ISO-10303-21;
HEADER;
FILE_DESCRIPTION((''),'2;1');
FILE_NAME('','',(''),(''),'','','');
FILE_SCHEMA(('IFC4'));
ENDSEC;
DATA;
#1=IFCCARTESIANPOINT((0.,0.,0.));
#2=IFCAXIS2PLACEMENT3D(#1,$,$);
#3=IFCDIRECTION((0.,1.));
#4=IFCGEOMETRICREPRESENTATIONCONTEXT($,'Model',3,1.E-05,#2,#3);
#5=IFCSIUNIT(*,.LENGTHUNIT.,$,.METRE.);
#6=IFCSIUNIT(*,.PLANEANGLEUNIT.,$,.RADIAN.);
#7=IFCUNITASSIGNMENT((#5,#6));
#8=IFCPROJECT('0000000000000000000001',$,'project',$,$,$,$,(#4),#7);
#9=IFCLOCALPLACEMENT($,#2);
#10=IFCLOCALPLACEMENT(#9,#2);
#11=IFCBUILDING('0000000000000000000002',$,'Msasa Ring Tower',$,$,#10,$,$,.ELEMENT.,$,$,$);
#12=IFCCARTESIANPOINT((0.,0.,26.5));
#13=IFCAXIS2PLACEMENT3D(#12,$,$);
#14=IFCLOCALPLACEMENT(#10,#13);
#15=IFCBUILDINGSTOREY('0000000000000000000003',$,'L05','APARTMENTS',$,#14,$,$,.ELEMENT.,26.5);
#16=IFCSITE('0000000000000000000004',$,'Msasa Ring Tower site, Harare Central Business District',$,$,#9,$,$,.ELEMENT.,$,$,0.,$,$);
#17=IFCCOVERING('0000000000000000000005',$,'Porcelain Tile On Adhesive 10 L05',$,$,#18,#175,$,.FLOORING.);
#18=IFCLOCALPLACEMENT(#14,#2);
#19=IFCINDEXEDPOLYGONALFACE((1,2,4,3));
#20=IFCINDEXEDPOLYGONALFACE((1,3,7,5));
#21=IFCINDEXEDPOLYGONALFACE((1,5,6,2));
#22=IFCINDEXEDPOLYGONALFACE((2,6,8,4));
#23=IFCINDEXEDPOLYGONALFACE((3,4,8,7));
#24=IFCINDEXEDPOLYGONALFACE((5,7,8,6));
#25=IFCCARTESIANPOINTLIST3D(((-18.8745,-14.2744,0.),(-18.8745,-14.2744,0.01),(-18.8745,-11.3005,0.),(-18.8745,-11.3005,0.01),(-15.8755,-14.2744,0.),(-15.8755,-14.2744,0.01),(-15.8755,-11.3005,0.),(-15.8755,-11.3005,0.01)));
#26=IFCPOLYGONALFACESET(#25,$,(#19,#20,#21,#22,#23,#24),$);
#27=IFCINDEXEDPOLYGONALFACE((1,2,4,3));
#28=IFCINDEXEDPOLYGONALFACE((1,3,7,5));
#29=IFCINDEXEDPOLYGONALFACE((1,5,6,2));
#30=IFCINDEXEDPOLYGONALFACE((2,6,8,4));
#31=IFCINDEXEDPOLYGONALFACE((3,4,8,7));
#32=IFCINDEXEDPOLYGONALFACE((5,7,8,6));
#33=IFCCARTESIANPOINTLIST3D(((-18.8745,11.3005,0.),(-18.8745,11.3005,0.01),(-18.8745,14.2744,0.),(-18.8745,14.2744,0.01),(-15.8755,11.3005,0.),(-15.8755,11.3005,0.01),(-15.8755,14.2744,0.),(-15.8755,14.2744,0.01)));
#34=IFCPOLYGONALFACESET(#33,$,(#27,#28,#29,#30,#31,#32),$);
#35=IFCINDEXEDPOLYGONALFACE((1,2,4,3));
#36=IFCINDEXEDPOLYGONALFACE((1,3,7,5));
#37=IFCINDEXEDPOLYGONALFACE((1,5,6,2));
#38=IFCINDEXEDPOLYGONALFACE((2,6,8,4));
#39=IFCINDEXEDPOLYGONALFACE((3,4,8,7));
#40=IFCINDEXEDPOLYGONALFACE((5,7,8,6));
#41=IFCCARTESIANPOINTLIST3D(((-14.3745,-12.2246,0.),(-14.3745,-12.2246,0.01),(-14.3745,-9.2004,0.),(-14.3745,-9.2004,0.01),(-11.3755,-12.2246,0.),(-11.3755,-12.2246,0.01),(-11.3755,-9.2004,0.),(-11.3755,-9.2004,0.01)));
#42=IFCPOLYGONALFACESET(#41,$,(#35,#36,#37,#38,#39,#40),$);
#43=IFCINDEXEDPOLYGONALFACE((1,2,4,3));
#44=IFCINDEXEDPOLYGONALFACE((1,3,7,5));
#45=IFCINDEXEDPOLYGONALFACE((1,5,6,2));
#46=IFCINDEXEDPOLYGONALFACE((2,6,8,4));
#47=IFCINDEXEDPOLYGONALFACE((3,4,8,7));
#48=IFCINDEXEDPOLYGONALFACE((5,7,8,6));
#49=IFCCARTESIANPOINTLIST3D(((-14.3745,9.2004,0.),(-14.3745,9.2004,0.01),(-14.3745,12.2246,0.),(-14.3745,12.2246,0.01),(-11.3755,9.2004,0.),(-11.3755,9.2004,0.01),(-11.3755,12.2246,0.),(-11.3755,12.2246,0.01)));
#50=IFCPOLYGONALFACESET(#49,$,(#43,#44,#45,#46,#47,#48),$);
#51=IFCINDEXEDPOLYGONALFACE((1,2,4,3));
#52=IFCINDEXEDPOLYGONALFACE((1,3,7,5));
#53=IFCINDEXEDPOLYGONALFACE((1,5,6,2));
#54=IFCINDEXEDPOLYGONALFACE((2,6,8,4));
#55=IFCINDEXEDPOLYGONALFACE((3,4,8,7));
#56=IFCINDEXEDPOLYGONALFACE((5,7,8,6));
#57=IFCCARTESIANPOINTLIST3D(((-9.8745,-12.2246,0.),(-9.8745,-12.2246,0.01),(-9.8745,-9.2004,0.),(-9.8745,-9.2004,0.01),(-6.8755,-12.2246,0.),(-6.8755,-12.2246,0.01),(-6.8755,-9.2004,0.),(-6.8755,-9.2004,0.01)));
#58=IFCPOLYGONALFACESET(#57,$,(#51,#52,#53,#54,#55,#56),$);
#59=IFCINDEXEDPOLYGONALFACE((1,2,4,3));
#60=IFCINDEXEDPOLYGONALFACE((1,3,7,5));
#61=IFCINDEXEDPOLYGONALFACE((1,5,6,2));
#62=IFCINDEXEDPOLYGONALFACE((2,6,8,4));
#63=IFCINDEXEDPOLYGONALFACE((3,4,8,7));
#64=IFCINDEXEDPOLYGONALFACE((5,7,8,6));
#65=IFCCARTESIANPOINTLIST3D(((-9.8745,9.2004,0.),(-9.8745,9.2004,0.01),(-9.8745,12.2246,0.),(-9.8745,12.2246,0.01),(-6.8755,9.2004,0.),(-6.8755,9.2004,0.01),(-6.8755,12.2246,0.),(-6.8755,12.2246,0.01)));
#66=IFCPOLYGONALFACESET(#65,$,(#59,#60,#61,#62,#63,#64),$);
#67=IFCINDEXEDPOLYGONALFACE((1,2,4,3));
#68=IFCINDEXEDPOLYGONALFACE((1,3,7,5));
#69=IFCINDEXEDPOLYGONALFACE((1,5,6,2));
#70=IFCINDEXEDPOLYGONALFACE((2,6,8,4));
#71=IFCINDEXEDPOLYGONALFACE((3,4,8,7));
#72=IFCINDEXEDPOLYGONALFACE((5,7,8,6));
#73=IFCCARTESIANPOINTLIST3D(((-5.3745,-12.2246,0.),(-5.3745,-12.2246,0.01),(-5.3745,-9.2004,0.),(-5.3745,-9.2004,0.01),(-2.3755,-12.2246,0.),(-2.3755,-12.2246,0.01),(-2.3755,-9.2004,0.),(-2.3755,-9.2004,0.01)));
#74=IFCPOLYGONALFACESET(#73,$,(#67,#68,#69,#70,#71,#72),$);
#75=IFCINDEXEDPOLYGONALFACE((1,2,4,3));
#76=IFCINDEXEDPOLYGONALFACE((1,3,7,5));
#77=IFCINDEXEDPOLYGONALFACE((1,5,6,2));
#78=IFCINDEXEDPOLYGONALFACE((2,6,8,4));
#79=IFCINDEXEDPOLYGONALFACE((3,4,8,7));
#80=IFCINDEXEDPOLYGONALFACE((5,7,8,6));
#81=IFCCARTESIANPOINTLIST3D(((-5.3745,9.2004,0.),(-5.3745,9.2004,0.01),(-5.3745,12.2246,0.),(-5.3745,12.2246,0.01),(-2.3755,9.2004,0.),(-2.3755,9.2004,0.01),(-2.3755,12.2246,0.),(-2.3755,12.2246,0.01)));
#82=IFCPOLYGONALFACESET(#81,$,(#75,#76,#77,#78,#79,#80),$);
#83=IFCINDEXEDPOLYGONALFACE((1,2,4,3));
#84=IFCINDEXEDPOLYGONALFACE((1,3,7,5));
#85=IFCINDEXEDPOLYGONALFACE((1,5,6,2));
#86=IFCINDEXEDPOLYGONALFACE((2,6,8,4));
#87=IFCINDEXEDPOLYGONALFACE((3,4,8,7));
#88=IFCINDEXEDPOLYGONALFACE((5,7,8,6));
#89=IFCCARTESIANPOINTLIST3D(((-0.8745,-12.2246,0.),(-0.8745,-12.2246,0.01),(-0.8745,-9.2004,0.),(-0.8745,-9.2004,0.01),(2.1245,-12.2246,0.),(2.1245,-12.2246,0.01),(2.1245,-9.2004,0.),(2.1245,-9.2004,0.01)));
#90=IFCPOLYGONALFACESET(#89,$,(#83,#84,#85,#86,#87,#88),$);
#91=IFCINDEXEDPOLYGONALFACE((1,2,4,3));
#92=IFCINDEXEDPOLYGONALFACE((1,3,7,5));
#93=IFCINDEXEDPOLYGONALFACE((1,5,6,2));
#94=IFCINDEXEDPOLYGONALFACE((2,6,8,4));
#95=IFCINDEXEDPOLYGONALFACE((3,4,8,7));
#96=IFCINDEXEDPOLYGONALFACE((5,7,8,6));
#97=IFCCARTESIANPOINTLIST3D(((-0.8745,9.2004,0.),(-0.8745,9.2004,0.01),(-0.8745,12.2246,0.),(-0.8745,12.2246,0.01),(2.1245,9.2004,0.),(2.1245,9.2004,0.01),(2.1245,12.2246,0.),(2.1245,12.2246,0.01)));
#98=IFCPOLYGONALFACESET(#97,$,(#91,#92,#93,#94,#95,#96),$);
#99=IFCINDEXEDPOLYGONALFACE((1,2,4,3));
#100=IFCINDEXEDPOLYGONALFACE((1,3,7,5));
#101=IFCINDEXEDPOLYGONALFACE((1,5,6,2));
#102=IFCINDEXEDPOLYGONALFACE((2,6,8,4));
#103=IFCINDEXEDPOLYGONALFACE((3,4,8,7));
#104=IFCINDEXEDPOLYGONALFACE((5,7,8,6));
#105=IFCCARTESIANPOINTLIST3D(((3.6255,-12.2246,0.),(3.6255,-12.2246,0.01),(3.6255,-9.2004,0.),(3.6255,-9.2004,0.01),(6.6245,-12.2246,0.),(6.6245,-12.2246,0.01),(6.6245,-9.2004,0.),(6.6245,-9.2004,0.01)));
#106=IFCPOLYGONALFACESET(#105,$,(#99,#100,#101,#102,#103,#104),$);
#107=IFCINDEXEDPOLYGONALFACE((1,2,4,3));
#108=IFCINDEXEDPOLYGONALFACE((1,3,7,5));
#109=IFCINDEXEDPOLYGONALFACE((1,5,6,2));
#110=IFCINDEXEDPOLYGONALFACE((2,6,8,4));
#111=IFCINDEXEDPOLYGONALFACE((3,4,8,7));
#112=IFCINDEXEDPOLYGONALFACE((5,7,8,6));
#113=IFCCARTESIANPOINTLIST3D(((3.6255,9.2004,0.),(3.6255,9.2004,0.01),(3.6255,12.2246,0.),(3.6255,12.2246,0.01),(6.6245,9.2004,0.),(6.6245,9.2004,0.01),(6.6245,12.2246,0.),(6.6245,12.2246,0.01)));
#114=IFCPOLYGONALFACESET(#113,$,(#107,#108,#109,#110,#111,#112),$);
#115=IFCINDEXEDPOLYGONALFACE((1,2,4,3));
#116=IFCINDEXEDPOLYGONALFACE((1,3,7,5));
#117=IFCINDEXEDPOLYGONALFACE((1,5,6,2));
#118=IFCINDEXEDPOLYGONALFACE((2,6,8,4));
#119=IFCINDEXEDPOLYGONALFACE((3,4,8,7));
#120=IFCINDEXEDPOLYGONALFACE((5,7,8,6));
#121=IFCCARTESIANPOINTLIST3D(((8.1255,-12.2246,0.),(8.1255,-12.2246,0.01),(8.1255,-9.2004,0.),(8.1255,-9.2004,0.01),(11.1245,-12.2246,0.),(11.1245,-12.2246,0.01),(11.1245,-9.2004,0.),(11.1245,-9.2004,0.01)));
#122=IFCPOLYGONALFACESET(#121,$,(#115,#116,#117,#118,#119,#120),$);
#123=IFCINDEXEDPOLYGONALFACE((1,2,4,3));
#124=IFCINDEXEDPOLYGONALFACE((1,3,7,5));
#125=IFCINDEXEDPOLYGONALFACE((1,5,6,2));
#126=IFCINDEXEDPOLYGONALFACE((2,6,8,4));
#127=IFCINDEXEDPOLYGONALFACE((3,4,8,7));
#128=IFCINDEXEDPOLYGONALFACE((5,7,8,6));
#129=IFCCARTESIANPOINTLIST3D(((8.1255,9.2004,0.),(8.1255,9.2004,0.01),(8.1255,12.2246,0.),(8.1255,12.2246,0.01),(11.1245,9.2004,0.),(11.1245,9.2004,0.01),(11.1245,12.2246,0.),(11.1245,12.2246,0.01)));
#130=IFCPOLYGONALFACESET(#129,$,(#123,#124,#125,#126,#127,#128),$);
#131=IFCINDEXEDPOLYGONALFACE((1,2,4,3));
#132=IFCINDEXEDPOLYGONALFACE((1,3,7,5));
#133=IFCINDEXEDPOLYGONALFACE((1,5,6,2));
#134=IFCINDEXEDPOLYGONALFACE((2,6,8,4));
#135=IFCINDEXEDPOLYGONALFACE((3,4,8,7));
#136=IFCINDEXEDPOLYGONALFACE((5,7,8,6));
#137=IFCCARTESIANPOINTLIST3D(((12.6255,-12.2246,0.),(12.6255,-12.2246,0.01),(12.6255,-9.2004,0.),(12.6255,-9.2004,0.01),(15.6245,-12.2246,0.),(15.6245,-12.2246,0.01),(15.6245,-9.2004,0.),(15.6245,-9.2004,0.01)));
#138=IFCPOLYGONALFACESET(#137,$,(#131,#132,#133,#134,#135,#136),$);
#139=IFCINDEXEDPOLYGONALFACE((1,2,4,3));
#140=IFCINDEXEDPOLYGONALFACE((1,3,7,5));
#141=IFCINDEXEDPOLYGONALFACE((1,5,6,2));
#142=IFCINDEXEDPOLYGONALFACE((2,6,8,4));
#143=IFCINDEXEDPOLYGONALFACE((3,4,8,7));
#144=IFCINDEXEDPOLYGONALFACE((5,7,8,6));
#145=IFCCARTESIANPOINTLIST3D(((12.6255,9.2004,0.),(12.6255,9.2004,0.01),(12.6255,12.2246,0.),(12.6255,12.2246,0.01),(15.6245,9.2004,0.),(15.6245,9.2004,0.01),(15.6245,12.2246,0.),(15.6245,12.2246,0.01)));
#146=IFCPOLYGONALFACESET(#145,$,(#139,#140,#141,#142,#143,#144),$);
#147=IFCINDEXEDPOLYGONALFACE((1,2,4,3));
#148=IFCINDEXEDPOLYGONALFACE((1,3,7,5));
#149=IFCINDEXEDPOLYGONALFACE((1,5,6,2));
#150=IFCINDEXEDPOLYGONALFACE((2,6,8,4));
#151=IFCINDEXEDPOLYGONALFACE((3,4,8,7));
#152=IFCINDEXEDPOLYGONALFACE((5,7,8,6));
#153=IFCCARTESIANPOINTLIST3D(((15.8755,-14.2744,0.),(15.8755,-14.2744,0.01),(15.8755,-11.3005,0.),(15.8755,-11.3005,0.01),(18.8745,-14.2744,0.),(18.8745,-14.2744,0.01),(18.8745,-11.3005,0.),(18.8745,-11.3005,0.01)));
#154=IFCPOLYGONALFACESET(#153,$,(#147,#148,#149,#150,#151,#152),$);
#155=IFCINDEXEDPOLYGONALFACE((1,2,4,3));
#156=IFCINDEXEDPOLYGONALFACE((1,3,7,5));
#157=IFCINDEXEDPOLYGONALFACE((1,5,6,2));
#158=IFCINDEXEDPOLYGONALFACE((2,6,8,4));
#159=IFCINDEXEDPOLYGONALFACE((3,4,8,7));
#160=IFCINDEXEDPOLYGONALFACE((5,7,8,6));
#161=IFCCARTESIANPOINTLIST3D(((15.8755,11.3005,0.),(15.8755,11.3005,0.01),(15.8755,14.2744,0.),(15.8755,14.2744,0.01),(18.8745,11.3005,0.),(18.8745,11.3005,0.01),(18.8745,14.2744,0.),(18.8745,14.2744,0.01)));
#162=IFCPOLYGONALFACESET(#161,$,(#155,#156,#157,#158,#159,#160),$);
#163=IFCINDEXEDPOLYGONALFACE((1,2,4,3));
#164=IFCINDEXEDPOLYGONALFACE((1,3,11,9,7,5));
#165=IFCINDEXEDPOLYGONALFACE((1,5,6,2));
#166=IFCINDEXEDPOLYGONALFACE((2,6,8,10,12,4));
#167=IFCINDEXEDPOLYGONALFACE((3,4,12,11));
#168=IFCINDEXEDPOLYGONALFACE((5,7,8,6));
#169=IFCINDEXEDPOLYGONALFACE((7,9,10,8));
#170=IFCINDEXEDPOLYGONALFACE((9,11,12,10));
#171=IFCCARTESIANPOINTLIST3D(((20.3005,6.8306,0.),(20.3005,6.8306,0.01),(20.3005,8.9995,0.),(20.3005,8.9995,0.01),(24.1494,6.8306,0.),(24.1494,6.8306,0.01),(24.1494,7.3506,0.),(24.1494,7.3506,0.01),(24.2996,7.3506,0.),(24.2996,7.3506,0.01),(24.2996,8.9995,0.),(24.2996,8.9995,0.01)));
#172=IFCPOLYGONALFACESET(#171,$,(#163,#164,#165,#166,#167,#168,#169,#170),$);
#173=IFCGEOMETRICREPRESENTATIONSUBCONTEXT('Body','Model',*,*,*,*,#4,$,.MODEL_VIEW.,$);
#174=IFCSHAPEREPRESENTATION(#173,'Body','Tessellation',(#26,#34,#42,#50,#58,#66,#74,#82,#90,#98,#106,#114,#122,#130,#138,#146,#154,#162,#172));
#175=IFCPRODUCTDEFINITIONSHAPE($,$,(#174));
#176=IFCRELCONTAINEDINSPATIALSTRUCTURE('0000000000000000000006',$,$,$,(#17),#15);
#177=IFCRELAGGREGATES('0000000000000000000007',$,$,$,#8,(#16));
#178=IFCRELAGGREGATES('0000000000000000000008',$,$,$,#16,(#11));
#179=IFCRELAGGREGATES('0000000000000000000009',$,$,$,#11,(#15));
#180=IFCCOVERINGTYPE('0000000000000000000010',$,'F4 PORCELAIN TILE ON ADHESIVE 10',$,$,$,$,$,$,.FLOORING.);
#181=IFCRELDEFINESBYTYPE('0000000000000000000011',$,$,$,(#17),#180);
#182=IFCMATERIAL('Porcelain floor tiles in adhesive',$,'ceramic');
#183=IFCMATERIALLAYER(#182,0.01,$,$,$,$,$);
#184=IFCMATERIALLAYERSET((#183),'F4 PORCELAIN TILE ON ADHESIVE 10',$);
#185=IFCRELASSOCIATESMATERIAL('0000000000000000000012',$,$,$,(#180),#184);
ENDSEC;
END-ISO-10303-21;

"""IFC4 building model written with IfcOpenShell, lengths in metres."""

from ifc_helpers import new_model, si_unit, direction, frame, origin, place, context, subcontext, project, spatial, line, indexed_curve, outline, extrude, material, layer, layer_set, type_object, element, save


model = new_model("IFC4")

# Units and contexts
model_context = context("Model", 3, precision=1e-05, world=origin(), true_north=direction((0.0, 1.0)))
body_context = subcontext(model_context, "Body", "Model", "MODEL_VIEW")
ifc_project = project(units=[si_unit("LENGTHUNIT", "METRE"), si_unit("PLANEANGLEUNIT", "RADIAN")], contexts=[model_context])

# Site, building, storey
site_placement = place(None, origin())
site = spatial("IfcSite", under=ifc_project, at=site_placement, Name="Msasa Ring Tower site, Harare Central Business District", CompositionType="ELEMENT", RefElevation=0.0)
building_placement = place(site_placement, origin())
building = spatial("IfcBuilding", under=site, at=building_placement, Name="Msasa Ring Tower", CompositionType="ELEMENT")
storey_placement = place(building_placement, frame((0.0, 0.0, 26.5)))
storey = spatial("IfcBuildingStorey", under=building, at=storey_placement, Name="L05", Description="APARTMENTS", CompositionType="ELEMENT", Elevation=26.5)

# Covering
ifc_material_1 = material(Name="Porcelain floor tiles in adhesive", Category="ceramic")
ifc_layer_1 = layer(ifc_material_1, 0.01)
ifc_layer_set_1 = layer_set([ifc_layer_1], Name="F4 PORCELAIN TILE ON ADHESIVE 10")
covering_type_1 = type_object("IfcCoveringType", Name="F4 PORCELAIN TILE ON ADHESIVE 10", PredefinedType="FLOORING", material=ifc_layer_set_1)
covering_1_placement = place(storey_placement, origin())
element("IfcCovering", 1, at=covering_1_placement, inside=storey, type_object=covering_type_1, Name="Porcelain Tile On Adhesive 10 L05", PredefinedType="FLOORING", context=body_context, shape_type="SweptSolid", body=[
    extrude(outline(indexed_curve([(-15.8755, -11.3005), (-15.8755, -14.2744), (-18.8745, -14.2744), (-18.8745, -11.3005)], segments=[line(1, 2, 3, 4, 1)], self_intersect=False)), origin(), (0.0, 0.0, 1.0), 0.01),
    extrude(outline(indexed_curve([(-18.8745, 11.3005), (-18.8745, 14.2744), (-15.8755, 14.2744), (-15.8755, 11.3005)], segments=[line(1, 2, 3, 4, 1)], self_intersect=False)), origin(), (0.0, 0.0, 1.0), 0.01),
    extrude(outline(indexed_curve([(-11.3755, -9.2004), (-11.3755, -12.2246), (-14.3745, -12.2246), (-14.3745, -9.2004)], segments=[line(1, 2, 3, 4, 1)], self_intersect=False)), origin(), (0.0, 0.0, 1.0), 0.01),
    extrude(outline(indexed_curve([(-14.3745, 9.2004), (-14.3745, 12.2246), (-11.3755, 12.2246), (-11.3755, 9.2004)], segments=[line(1, 2, 3, 4, 1)], self_intersect=False)), origin(), (0.0, 0.0, 1.0), 0.01),
    extrude(outline(indexed_curve([(-6.8755, -9.2004), (-6.8755, -12.2246), (-9.8745, -12.2246), (-9.8745, -9.2004)], segments=[line(1, 2, 3, 4, 1)], self_intersect=False)), origin(), (0.0, 0.0, 1.0), 0.01),
    extrude(outline(indexed_curve([(-9.8745, 9.2004), (-9.8745, 12.2246), (-6.8755, 12.2246), (-6.8755, 9.2004)], segments=[line(1, 2, 3, 4, 1)], self_intersect=False)), origin(), (0.0, 0.0, 1.0), 0.01),
    extrude(outline(indexed_curve([(-2.3755, -9.2004), (-2.3755, -12.2246), (-5.3745, -12.2246), (-5.3745, -9.2004)], segments=[line(1, 2, 3, 4, 1)], self_intersect=False)), origin(), (0.0, 0.0, 1.0), 0.01),
    extrude(outline(indexed_curve([(-5.3745, 9.2004), (-5.3745, 12.2246), (-2.3755, 12.2246), (-2.3755, 9.2004)], segments=[line(1, 2, 3, 4, 1)], self_intersect=False)), origin(), (0.0, 0.0, 1.0), 0.01),
    extrude(outline(indexed_curve([(2.1245, -9.2004), (2.1245, -12.2246), (-0.8745, -12.2246), (-0.8745, -9.2004)], segments=[line(1, 2, 3, 4, 1)], self_intersect=False)), origin(), (0.0, 0.0, 1.0), 0.01),
    extrude(outline(indexed_curve([(-0.8745, 9.2004), (-0.8745, 12.2246), (2.1245, 12.2246), (2.1245, 9.2004)], segments=[line(1, 2, 3, 4, 1)], self_intersect=False)), origin(), (0.0, 0.0, 1.0), 0.01),
    extrude(outline(indexed_curve([(6.6245, -9.2004), (6.6245, -12.2246), (3.6255, -12.2246), (3.6255, -9.2004)], segments=[line(1, 2, 3, 4, 1)], self_intersect=False)), origin(), (0.0, 0.0, 1.0), 0.01),
    extrude(outline(indexed_curve([(3.6255, 9.2004), (3.6255, 12.2246), (6.6245, 12.2246), (6.6245, 9.2004)], segments=[line(1, 2, 3, 4, 1)], self_intersect=False)), origin(), (0.0, 0.0, 1.0), 0.01),
    extrude(outline(indexed_curve([(11.1245, -9.2004), (11.1245, -12.2246), (8.1255, -12.2246), (8.1255, -9.2004)], segments=[line(1, 2, 3, 4, 1)], self_intersect=False)), origin(), (0.0, 0.0, 1.0), 0.01),
    extrude(outline(indexed_curve([(8.1255, 9.2004), (8.1255, 12.2246), (11.1245, 12.2246), (11.1245, 9.2004)], segments=[line(1, 2, 3, 4, 1)], self_intersect=False)), origin(), (0.0, 0.0, 1.0), 0.01),
    extrude(outline(indexed_curve([(15.6245, -9.2004), (15.6245, -12.2246), (12.6255, -12.2246), (12.6255, -9.2004)], segments=[line(1, 2, 3, 4, 1)], self_intersect=False)), origin(), (0.0, 0.0, 1.0), 0.01),
    extrude(outline(indexed_curve([(12.6255, 9.2004), (12.6255, 12.2246), (15.6245, 12.2246), (15.6245, 9.2004)], segments=[line(1, 2, 3, 4, 1)], self_intersect=False)), origin(), (0.0, 0.0, 1.0), 0.01),
    extrude(outline(indexed_curve([(18.8745, -11.3005), (18.8745, -14.2744), (15.8755, -14.2744), (15.8755, -11.3005)], segments=[line(1, 2, 3, 4, 1)], self_intersect=False)), origin(), (0.0, 0.0, 1.0), 0.01),
    extrude(outline(indexed_curve([(15.8755, 11.3005), (15.8755, 14.2744), (18.8745, 14.2744), (18.8745, 11.3005)], segments=[line(1, 2, 3, 4, 1)], self_intersect=False)), origin(), (0.0, 0.0, 1.0), 0.01),
    extrude(outline(indexed_curve([(20.3005, 8.9995), (24.2996, 8.9995), (24.2996, 7.3506), (24.1494, 7.3506), (24.1494, 6.8306), (20.3005, 6.8306)], segments=[line(1, 2, 3, 4, 5, 6, 1)], self_intersect=False)), origin(), (0.0, 0.0, 1.0), 0.01),
])

save(model, "model.ifc")
